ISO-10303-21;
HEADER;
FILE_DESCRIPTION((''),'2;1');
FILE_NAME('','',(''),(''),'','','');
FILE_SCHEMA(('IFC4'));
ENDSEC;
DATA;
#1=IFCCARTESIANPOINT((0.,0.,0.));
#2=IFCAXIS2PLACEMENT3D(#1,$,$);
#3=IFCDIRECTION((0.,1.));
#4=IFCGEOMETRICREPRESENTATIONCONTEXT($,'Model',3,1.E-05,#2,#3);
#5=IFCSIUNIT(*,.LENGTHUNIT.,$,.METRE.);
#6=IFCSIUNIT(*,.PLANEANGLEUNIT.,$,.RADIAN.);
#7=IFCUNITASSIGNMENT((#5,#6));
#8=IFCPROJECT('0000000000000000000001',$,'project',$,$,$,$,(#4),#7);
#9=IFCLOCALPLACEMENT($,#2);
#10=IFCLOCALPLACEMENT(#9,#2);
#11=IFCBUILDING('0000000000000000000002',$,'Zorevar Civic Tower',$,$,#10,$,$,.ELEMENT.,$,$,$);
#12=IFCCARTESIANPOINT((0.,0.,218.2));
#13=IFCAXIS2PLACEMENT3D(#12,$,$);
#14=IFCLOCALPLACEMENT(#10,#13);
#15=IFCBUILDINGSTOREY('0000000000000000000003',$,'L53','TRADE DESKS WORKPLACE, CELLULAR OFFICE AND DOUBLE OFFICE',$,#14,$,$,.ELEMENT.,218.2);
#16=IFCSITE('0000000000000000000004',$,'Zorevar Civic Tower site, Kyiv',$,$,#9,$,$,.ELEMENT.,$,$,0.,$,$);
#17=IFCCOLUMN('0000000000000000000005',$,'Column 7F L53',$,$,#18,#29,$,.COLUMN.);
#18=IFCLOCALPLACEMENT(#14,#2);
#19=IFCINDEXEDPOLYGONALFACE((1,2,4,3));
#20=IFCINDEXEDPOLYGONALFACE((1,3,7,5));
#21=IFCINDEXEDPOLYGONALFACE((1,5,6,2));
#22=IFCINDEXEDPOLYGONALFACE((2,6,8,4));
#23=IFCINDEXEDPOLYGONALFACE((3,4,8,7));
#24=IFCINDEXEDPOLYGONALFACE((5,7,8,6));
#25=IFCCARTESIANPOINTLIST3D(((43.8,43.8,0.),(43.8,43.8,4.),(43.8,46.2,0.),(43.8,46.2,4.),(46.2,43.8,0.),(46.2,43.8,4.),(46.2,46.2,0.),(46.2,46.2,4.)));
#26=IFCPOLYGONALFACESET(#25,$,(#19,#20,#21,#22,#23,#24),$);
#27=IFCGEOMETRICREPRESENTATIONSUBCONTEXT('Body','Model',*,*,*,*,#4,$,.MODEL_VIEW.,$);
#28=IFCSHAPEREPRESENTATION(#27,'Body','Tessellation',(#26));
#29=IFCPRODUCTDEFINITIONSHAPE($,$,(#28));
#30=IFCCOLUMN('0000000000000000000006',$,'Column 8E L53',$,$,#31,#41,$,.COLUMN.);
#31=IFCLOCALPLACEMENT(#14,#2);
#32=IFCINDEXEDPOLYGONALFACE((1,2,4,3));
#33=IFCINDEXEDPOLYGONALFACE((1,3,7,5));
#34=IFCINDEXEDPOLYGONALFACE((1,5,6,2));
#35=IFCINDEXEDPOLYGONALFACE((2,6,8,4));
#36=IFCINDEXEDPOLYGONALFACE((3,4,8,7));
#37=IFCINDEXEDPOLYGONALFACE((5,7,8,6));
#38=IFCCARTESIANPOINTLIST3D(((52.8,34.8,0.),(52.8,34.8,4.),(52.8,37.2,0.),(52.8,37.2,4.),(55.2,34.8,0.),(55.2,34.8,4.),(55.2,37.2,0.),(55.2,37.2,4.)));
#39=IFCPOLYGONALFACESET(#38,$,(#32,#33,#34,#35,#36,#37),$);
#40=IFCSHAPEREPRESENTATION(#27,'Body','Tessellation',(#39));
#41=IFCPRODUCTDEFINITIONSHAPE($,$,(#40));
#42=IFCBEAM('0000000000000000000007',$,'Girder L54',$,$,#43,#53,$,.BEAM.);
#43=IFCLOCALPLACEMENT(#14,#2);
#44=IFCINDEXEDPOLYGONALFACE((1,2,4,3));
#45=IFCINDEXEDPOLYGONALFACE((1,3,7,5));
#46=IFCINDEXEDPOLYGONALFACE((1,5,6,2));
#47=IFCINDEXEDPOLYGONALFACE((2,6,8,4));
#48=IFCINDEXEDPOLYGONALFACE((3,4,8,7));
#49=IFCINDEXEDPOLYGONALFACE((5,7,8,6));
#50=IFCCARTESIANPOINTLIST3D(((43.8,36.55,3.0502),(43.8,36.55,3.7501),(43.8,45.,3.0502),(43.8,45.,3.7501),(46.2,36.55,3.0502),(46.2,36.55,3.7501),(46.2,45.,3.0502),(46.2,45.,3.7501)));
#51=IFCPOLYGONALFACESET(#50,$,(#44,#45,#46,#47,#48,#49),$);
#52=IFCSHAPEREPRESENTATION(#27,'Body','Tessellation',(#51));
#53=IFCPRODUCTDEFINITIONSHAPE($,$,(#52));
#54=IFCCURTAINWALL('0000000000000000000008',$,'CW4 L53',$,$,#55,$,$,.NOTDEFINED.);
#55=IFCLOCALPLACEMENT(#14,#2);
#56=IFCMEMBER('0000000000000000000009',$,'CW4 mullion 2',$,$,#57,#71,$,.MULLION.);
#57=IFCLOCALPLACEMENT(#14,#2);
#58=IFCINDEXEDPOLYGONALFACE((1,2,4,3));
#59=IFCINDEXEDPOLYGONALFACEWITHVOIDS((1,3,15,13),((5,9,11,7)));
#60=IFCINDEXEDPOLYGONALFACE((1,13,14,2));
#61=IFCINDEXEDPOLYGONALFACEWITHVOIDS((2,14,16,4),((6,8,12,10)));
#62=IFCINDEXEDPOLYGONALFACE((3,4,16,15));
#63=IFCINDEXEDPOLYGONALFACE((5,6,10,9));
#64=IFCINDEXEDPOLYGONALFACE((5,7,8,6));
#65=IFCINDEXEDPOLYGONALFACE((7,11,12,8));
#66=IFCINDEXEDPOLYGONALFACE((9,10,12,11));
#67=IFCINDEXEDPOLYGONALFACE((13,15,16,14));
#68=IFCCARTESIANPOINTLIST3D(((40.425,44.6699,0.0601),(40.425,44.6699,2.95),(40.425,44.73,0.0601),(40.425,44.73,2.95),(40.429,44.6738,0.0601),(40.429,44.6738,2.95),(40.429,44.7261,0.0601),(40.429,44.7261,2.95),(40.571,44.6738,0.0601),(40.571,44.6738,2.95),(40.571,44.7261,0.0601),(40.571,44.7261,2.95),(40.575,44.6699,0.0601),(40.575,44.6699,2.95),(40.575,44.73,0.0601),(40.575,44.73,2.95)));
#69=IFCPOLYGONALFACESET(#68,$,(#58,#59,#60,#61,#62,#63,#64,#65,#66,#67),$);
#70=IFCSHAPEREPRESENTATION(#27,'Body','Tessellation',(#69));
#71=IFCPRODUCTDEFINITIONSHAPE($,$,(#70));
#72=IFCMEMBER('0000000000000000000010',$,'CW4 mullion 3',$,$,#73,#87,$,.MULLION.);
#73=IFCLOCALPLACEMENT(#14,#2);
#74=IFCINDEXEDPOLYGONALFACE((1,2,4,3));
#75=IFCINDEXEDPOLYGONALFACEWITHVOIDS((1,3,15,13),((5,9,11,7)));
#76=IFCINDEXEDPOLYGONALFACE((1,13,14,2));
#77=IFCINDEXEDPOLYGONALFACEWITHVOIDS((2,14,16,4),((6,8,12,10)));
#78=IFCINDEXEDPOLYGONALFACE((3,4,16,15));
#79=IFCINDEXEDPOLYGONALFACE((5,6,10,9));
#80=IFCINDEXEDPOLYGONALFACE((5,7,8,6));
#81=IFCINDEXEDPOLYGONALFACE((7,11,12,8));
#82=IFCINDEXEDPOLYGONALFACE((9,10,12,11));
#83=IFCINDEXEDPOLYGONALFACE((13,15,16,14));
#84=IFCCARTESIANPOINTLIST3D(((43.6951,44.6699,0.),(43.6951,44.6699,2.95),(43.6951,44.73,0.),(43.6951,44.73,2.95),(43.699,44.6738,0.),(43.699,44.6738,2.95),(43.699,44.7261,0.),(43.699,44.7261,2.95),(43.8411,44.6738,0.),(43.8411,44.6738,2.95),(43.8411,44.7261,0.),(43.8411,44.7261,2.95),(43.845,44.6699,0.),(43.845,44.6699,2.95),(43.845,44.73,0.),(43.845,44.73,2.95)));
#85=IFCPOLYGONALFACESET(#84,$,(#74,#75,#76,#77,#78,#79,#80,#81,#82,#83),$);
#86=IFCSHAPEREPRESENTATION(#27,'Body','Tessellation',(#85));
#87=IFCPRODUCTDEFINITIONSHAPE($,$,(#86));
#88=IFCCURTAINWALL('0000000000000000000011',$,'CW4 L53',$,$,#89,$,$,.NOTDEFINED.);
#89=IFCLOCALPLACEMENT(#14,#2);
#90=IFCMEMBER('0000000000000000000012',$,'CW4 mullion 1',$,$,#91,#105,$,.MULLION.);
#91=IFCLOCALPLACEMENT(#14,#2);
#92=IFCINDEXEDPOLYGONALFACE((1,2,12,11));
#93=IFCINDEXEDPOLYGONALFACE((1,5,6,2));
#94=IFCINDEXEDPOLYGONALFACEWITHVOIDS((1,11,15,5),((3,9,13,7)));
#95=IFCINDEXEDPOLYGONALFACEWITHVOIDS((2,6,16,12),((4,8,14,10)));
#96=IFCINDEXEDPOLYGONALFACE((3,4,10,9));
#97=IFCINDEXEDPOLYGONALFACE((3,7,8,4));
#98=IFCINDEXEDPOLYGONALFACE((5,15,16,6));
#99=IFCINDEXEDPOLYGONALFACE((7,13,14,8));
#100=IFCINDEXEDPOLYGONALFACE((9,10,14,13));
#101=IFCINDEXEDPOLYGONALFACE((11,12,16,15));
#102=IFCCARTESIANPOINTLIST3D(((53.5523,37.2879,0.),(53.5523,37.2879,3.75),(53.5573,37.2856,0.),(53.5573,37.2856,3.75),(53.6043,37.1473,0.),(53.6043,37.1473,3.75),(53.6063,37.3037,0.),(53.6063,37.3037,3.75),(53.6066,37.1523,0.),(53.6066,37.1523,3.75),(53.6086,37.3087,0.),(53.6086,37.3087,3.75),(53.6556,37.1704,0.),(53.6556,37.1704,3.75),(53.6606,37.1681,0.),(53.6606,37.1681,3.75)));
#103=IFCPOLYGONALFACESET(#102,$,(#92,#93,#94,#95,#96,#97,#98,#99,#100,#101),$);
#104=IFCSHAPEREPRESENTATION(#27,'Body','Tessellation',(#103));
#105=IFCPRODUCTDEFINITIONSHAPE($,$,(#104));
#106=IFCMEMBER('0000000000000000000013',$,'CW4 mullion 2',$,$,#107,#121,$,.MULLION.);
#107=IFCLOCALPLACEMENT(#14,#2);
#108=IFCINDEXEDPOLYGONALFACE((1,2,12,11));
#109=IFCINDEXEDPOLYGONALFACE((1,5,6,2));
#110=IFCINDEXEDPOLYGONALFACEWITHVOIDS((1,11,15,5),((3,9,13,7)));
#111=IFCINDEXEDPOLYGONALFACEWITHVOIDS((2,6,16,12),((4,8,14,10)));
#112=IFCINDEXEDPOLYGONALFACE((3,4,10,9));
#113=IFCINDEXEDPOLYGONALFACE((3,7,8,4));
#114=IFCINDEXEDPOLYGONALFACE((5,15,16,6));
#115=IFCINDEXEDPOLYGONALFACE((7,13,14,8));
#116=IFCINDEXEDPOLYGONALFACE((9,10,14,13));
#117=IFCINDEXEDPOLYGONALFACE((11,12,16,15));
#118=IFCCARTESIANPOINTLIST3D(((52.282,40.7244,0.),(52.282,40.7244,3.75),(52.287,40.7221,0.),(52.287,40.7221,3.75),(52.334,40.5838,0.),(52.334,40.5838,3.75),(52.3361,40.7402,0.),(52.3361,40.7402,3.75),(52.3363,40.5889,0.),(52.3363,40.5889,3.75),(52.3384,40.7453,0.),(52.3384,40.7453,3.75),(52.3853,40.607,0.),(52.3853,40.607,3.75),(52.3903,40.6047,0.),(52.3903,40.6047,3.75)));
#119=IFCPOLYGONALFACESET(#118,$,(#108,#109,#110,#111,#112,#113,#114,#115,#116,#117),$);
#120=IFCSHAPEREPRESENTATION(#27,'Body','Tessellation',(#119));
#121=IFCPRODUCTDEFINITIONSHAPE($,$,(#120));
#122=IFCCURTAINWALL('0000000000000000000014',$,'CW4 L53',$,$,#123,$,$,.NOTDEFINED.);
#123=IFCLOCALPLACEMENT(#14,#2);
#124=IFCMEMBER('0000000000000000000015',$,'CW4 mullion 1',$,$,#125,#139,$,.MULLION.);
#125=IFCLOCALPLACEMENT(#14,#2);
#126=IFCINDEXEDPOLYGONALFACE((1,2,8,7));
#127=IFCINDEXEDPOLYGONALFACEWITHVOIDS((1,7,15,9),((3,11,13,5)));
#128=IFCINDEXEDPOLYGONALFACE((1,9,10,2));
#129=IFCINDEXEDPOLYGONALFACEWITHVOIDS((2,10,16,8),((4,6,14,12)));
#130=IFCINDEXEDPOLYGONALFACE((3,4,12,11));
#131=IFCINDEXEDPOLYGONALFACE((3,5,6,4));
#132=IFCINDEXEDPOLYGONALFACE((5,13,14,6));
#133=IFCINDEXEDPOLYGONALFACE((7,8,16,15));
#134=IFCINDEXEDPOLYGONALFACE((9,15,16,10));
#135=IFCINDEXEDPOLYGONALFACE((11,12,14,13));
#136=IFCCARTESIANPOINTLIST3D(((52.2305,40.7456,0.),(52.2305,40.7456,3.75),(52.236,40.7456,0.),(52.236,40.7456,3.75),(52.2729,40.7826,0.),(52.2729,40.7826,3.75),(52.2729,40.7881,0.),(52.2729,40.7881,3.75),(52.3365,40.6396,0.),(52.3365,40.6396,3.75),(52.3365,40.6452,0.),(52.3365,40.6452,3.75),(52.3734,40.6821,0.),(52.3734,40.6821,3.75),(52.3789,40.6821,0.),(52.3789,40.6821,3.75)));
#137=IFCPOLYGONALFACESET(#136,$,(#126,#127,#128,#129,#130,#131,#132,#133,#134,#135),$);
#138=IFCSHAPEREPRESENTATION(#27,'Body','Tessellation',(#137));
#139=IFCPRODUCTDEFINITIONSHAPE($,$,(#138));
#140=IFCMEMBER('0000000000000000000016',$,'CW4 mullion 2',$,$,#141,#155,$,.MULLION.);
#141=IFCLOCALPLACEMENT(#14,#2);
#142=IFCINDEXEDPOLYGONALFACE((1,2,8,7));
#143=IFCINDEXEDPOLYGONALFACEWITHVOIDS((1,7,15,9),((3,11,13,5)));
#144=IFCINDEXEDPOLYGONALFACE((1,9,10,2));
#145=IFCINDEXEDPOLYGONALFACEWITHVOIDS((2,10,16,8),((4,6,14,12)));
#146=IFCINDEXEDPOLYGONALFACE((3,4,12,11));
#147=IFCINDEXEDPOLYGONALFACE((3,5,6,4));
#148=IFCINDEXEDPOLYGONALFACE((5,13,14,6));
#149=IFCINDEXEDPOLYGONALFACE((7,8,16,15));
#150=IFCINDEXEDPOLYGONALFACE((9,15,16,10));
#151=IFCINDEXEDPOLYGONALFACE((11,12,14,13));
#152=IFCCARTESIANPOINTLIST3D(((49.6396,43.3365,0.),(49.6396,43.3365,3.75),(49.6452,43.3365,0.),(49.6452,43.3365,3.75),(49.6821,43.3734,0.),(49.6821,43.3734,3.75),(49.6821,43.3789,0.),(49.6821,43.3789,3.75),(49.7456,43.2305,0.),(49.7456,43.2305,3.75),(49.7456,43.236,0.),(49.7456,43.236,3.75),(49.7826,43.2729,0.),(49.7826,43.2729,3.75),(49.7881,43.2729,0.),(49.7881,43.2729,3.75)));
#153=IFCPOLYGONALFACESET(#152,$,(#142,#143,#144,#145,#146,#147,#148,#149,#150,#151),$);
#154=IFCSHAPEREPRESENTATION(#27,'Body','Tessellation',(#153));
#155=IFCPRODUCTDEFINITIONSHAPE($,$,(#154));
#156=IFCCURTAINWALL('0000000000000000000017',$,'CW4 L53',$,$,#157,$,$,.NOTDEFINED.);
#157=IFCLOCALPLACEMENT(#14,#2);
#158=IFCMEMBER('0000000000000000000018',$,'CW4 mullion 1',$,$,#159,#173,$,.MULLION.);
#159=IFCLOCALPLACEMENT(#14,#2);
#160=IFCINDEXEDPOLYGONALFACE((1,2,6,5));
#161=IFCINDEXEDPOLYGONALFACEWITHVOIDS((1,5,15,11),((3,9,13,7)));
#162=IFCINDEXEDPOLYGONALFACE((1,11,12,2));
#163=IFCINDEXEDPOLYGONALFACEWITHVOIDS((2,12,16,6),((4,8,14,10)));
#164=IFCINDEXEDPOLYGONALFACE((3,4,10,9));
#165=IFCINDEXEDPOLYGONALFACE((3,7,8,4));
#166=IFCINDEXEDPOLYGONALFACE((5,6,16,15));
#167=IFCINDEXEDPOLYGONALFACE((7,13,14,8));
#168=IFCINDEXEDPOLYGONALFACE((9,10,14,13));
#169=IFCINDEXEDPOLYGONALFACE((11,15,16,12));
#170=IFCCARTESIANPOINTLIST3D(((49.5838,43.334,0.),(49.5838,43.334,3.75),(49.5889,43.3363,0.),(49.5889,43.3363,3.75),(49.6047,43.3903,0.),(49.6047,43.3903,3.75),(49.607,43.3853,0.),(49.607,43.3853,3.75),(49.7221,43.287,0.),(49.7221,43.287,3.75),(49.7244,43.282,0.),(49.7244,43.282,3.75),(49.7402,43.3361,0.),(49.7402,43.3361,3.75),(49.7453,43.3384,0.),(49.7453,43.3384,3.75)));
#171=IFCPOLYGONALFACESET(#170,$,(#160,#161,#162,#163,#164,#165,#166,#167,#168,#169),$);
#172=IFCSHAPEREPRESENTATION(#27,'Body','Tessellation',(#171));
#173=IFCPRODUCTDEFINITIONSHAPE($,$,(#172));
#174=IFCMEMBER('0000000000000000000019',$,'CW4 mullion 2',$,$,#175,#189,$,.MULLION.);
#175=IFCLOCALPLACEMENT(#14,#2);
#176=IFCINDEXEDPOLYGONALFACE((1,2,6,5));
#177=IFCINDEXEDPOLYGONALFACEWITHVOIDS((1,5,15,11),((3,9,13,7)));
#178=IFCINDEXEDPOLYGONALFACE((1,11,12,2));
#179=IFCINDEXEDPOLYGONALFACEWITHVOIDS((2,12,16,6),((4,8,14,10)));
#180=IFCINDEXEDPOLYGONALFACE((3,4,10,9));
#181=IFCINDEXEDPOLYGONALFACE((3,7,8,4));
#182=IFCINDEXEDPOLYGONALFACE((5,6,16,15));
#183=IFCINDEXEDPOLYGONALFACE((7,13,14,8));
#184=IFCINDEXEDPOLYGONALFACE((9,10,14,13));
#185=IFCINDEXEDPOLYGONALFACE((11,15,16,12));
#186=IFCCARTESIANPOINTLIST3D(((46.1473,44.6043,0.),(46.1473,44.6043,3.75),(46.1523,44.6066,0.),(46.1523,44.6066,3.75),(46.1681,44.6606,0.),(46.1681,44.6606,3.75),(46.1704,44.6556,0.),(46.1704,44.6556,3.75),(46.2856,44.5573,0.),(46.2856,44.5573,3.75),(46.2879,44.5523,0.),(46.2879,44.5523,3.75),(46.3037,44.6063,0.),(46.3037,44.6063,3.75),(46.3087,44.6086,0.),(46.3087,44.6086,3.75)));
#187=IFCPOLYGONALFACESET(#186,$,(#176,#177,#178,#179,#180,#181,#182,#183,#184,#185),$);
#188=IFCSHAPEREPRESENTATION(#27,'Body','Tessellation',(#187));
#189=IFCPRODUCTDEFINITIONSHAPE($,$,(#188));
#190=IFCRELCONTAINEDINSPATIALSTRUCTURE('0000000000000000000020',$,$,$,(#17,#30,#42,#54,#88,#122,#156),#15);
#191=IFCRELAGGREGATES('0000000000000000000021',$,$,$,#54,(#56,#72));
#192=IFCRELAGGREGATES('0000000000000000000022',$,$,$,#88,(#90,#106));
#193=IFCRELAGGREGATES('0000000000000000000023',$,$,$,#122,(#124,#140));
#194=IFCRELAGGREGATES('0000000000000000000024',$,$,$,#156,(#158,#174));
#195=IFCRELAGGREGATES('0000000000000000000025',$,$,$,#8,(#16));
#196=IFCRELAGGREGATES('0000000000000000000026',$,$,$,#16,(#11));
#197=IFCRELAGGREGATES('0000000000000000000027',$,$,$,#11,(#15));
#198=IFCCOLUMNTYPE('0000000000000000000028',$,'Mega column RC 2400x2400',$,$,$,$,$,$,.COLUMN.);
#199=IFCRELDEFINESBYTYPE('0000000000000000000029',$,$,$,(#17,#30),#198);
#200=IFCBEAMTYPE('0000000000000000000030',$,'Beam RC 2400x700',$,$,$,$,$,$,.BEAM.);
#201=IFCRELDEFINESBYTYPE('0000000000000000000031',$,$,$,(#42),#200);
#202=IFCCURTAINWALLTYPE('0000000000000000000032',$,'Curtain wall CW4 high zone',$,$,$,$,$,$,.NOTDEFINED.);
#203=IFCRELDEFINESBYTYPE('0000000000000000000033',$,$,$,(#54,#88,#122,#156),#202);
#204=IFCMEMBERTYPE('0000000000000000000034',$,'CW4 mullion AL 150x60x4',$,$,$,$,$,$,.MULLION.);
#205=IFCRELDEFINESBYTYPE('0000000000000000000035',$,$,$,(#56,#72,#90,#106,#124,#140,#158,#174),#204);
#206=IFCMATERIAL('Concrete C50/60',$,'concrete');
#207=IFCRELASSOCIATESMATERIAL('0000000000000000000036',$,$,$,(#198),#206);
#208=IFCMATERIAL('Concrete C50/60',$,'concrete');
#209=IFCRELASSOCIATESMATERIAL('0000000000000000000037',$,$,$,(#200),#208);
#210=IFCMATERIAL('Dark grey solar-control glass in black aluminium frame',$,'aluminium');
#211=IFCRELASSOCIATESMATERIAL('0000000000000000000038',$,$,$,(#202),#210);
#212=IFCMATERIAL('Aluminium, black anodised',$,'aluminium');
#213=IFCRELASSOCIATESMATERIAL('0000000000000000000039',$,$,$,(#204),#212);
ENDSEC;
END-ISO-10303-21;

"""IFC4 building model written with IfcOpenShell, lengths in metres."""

from ifc_helpers import new_model, si_unit, direction, frame, origin, origin_2d, place, context, subcontext, project, spatial, rectangle, hollow_rectangle, extrude, material, material_profile, profile_set, type_object, element, aggregate, save


model = new_model("IFC4")

# Units and contexts
model_context = context("Model", 3, precision=1e-05, world=origin(), true_north=direction((0.0, 1.0)))
body_context = subcontext(model_context, "Body", "Model", "MODEL_VIEW")
ifc_project = project(units=[si_unit("LENGTHUNIT", "METRE"), si_unit("PLANEANGLEUNIT", "RADIAN")], contexts=[model_context])

# Site, building, storey
site_placement = place(None, origin())
site = spatial("IfcSite", under=ifc_project, at=site_placement, Name="Zorevar Civic Tower site, Kyiv", CompositionType="ELEMENT", RefElevation=0.0)
building_placement = place(site_placement, origin())
building = spatial("IfcBuilding", under=site, at=building_placement, Name="Zorevar Civic Tower", CompositionType="ELEMENT")
storey_placement = place(building_placement, frame((0.0, 0.0, 218.2)))
storey = spatial("IfcBuildingStorey", under=building, at=storey_placement, Name="L53", Description="TRADE DESKS WORKPLACE, CELLULAR OFFICE AND DOUBLE OFFICE", CompositionType="ELEMENT", Elevation=218.2)

# Columns
ifc_material_1 = material(Name="Concrete C50/60", Category="concrete")
ifc_material_profile_1 = material_profile(ifc_material_1, rectangle(XDim=2.3999, YDim=2.3999, at=origin_2d()), Name="RC 2400x2400")
ifc_profile_set_1 = profile_set([ifc_material_profile_1], Name="Concrete C50/60")
column_type = type_object("IfcColumnType", Name="Mega column RC 2400x2400", PredefinedType="COLUMN", material=ifc_profile_set_1)
for number, where, z_axis, x_axis, name in (
    (1, (45.0, 45.0, 0.0), (0.0, 0.0, 1.0), (1.0, 0.0, 0.0), "Column 7F L53"),
    (2, (54.0, 36.0, 0.0), (0.0, 0.0, 1.0), (1.0, 0.0, 0.0), "Column 8E L53"),
):
    element("IfcColumn", number, at=place(storey_placement, frame(where, z_axis=z_axis, x_axis=x_axis)), inside=storey, type_object=column_type, Name=name, PredefinedType="COLUMN", context=body_context, shape_type="SweptSolid", body=[
        extrude(rectangle(XDim=2.3999, YDim=2.3999, at=origin_2d()), origin(), (0.0, 0.0, 1.0), 4.0),
    ])

# Beam
ifc_material_2 = material(Name="Concrete C50/60", Category="concrete")
ifc_material_profile_2 = material_profile(ifc_material_2, rectangle(XDim=2.3999, YDim=0.7, at=origin_2d()), Name="RC 2400x700")
ifc_profile_set_2 = profile_set([ifc_material_profile_2], Name="Concrete C50/60")
beam_type_1 = type_object("IfcBeamType", Name="Beam RC 2400x700", PredefinedType="BEAM", material=ifc_profile_set_2)
beam_1_placement = place(storey_placement, frame((45.0, 36.55, 3.4001), z_axis=(0.0, 1.0, 0.0), x_axis=(-1.0, 0.0, 0.0)))
element("IfcBeam", 3, at=beam_1_placement, inside=storey, type_object=beam_type_1, Name="Girder L54", PredefinedType="BEAM", context=body_context, shape_type="SweptSolid", body=[
    extrude(rectangle(XDim=2.3999, YDim=0.7, at=origin_2d()), origin(), (0.0, 0.0, 1.0), 8.45),
])

# Curtain walls, members
ifc_material_3 = material(Name="Dark grey solar-control glass in black aluminium frame", Category="aluminium")
curtain_wall_type = type_object("IfcCurtainWallType", Name="Curtain wall CW4 high zone", PredefinedType="NOTDEFINED", material=ifc_material_3)
curtain_wall_1_placement = place(storey_placement, origin())
curtain_wall_1 = element("IfcCurtainWall", 4, at=curtain_wall_1_placement, inside=storey, type_object=curtain_wall_type, Name="CW4 L53", PredefinedType="NOTDEFINED")
ifc_material_4 = material(Name="Aluminium, black anodised", Category="aluminium")
ifc_material_profile_3 = material_profile(ifc_material_4, hollow_rectangle(XDim=0.0601, YDim=0.1499, WallThickness=0.0039, at=origin_2d()), Name="AL 150x60x4")
ifc_profile_set_3 = profile_set([ifc_material_profile_3], Name="Aluminium, black anodised")
member_type_1 = type_object("IfcMemberType", Name="CW4 mullion AL 150x60x4", PredefinedType="MULLION", material=ifc_profile_set_3)
member_1_placement = place(storey_placement, frame((40.5, 44.7, 0.0601), z_axis=(0.0, 0.0, 1.0), x_axis=(0.0, 1.0, 0.0)))
member_1 = element("IfcMember", 5, at=member_1_placement, type_object=member_type_1, Name="CW4 mullion 2", PredefinedType="MULLION", context=body_context, shape_type="SweptSolid", body=[
    extrude(hollow_rectangle(XDim=0.0601, YDim=0.1499, WallThickness=0.0039, at=origin_2d()), origin(), (0.0, 0.0, 1.0), 2.8899),
])
member_2_placement = place(storey_placement, frame((43.77, 44.7, 0.0), z_axis=(0.0, 0.0, 1.0), x_axis=(0.0, 1.0, 0.0)))
member_2 = element("IfcMember", 6, at=member_2_placement, type_object=member_type_1, Name="CW4 mullion 3", PredefinedType="MULLION", context=body_context, shape_type="SweptSolid", body=[
    extrude(hollow_rectangle(XDim=0.0601, YDim=0.1499, WallThickness=0.0039, at=origin_2d()), origin(), (0.0, 0.0, 1.0), 2.95),
])
curtain_wall_2_placement = place(storey_placement, origin())
curtain_wall_2 = element("IfcCurtainWall", 7, at=curtain_wall_2_placement, inside=storey, type_object=curtain_wall_type, Name="CW4 L53", PredefinedType="NOTDEFINED")
member_3_placement = place(storey_placement, frame((53.6064, 37.228, 0.0), z_axis=(0.0, 0.0, 1.0), x_axis=(-0.937975, -0.346704, 0.0)))
member_3 = element("IfcMember", 8, at=member_3_placement, type_object=member_type_1, Name="CW4 mullion 1", PredefinedType="MULLION", context=body_context, shape_type="SweptSolid", body=[
    extrude(hollow_rectangle(XDim=0.0601, YDim=0.1499, WallThickness=0.0039, at=origin_2d()), origin(), (0.0, 0.0, 1.0), 3.75),
])
member_4_placement = place(storey_placement, frame((52.3362, 40.6646, 0.0), z_axis=(0.0, 0.0, 1.0), x_axis=(-0.937975, -0.346704, 0.0)))
member_4 = element("IfcMember", 9, at=member_4_placement, type_object=member_type_1, Name="CW4 mullion 2", PredefinedType="MULLION", context=body_context, shape_type="SweptSolid", body=[
    extrude(hollow_rectangle(XDim=0.0601, YDim=0.1499, WallThickness=0.0039, at=origin_2d()), origin(), (0.0, 0.0, 1.0), 3.75),
])
curtain_wall_3_placement = place(storey_placement, origin())
curtain_wall_3 = element("IfcCurtainWall", 10, at=curtain_wall_3_placement, inside=storey, type_object=curtain_wall_type, Name="CW4 L53", PredefinedType="NOTDEFINED")
member_5_placement = place(storey_placement, frame((52.3047, 40.7139, 0.0), z_axis=(0.0, 0.0, 1.0), x_axis=(-0.707107, -0.707107, 0.0)))
member_5 = element("IfcMember", 11, at=member_5_placement, type_object=member_type_1, Name="CW4 mullion 1", PredefinedType="MULLION", context=body_context, shape_type="SweptSolid", body=[
    extrude(hollow_rectangle(XDim=0.0601, YDim=0.1499, WallThickness=0.0039, at=origin_2d()), origin(), (0.0, 0.0, 1.0), 3.75),
])
member_6_placement = place(storey_placement, frame((49.7139, 43.3047, 0.0), z_axis=(0.0, 0.0, 1.0), x_axis=(-0.707107, -0.707107, 0.0)))
member_6 = element("IfcMember", 12, at=member_6_placement, type_object=member_type_1, Name="CW4 mullion 2", PredefinedType="MULLION", context=body_context, shape_type="SweptSolid", body=[
    extrude(hollow_rectangle(XDim=0.0601, YDim=0.1499, WallThickness=0.0039, at=origin_2d()), origin(), (0.0, 0.0, 1.0), 3.75),
])
curtain_wall_4_placement = place(storey_placement, origin())
curtain_wall_4 = element("IfcCurtainWall", 13, at=curtain_wall_4_placement, inside=storey, type_object=curtain_wall_type, Name="CW4 L53", PredefinedType="NOTDEFINED")
member_7_placement = place(storey_placement, frame((49.6646, 43.3362, 0.0), z_axis=(0.0, 0.0, 1.0), x_axis=(-0.346704, -0.937975, 0.0)))
member_7 = element("IfcMember", 14, at=member_7_placement, type_object=member_type_1, Name="CW4 mullion 1", PredefinedType="MULLION", context=body_context, shape_type="SweptSolid", body=[
    extrude(hollow_rectangle(XDim=0.0601, YDim=0.1499, WallThickness=0.0039, at=origin_2d()), origin(), (0.0, 0.0, 1.0), 3.75),
])
member_8_placement = place(storey_placement, frame((46.228, 44.6064, 0.0), z_axis=(0.0, 0.0, 1.0), x_axis=(-0.346704, -0.937975, 0.0)))
member_8 = element("IfcMember", 15, at=member_8_placement, type_object=member_type_1, Name="CW4 mullion 2", PredefinedType="MULLION", context=body_context, shape_type="SweptSolid", body=[
    extrude(hollow_rectangle(XDim=0.0601, YDim=0.1499, WallThickness=0.0039, at=origin_2d()), origin(), (0.0, 0.0, 1.0), 3.75),
])

aggregate(curtain_wall_1, [member_1, member_2])
aggregate(curtain_wall_2, [member_3, member_4])
aggregate(curtain_wall_3, [member_5, member_6])
aggregate(curtain_wall_4, [member_7, member_8])

save(model, "model.ifc")
